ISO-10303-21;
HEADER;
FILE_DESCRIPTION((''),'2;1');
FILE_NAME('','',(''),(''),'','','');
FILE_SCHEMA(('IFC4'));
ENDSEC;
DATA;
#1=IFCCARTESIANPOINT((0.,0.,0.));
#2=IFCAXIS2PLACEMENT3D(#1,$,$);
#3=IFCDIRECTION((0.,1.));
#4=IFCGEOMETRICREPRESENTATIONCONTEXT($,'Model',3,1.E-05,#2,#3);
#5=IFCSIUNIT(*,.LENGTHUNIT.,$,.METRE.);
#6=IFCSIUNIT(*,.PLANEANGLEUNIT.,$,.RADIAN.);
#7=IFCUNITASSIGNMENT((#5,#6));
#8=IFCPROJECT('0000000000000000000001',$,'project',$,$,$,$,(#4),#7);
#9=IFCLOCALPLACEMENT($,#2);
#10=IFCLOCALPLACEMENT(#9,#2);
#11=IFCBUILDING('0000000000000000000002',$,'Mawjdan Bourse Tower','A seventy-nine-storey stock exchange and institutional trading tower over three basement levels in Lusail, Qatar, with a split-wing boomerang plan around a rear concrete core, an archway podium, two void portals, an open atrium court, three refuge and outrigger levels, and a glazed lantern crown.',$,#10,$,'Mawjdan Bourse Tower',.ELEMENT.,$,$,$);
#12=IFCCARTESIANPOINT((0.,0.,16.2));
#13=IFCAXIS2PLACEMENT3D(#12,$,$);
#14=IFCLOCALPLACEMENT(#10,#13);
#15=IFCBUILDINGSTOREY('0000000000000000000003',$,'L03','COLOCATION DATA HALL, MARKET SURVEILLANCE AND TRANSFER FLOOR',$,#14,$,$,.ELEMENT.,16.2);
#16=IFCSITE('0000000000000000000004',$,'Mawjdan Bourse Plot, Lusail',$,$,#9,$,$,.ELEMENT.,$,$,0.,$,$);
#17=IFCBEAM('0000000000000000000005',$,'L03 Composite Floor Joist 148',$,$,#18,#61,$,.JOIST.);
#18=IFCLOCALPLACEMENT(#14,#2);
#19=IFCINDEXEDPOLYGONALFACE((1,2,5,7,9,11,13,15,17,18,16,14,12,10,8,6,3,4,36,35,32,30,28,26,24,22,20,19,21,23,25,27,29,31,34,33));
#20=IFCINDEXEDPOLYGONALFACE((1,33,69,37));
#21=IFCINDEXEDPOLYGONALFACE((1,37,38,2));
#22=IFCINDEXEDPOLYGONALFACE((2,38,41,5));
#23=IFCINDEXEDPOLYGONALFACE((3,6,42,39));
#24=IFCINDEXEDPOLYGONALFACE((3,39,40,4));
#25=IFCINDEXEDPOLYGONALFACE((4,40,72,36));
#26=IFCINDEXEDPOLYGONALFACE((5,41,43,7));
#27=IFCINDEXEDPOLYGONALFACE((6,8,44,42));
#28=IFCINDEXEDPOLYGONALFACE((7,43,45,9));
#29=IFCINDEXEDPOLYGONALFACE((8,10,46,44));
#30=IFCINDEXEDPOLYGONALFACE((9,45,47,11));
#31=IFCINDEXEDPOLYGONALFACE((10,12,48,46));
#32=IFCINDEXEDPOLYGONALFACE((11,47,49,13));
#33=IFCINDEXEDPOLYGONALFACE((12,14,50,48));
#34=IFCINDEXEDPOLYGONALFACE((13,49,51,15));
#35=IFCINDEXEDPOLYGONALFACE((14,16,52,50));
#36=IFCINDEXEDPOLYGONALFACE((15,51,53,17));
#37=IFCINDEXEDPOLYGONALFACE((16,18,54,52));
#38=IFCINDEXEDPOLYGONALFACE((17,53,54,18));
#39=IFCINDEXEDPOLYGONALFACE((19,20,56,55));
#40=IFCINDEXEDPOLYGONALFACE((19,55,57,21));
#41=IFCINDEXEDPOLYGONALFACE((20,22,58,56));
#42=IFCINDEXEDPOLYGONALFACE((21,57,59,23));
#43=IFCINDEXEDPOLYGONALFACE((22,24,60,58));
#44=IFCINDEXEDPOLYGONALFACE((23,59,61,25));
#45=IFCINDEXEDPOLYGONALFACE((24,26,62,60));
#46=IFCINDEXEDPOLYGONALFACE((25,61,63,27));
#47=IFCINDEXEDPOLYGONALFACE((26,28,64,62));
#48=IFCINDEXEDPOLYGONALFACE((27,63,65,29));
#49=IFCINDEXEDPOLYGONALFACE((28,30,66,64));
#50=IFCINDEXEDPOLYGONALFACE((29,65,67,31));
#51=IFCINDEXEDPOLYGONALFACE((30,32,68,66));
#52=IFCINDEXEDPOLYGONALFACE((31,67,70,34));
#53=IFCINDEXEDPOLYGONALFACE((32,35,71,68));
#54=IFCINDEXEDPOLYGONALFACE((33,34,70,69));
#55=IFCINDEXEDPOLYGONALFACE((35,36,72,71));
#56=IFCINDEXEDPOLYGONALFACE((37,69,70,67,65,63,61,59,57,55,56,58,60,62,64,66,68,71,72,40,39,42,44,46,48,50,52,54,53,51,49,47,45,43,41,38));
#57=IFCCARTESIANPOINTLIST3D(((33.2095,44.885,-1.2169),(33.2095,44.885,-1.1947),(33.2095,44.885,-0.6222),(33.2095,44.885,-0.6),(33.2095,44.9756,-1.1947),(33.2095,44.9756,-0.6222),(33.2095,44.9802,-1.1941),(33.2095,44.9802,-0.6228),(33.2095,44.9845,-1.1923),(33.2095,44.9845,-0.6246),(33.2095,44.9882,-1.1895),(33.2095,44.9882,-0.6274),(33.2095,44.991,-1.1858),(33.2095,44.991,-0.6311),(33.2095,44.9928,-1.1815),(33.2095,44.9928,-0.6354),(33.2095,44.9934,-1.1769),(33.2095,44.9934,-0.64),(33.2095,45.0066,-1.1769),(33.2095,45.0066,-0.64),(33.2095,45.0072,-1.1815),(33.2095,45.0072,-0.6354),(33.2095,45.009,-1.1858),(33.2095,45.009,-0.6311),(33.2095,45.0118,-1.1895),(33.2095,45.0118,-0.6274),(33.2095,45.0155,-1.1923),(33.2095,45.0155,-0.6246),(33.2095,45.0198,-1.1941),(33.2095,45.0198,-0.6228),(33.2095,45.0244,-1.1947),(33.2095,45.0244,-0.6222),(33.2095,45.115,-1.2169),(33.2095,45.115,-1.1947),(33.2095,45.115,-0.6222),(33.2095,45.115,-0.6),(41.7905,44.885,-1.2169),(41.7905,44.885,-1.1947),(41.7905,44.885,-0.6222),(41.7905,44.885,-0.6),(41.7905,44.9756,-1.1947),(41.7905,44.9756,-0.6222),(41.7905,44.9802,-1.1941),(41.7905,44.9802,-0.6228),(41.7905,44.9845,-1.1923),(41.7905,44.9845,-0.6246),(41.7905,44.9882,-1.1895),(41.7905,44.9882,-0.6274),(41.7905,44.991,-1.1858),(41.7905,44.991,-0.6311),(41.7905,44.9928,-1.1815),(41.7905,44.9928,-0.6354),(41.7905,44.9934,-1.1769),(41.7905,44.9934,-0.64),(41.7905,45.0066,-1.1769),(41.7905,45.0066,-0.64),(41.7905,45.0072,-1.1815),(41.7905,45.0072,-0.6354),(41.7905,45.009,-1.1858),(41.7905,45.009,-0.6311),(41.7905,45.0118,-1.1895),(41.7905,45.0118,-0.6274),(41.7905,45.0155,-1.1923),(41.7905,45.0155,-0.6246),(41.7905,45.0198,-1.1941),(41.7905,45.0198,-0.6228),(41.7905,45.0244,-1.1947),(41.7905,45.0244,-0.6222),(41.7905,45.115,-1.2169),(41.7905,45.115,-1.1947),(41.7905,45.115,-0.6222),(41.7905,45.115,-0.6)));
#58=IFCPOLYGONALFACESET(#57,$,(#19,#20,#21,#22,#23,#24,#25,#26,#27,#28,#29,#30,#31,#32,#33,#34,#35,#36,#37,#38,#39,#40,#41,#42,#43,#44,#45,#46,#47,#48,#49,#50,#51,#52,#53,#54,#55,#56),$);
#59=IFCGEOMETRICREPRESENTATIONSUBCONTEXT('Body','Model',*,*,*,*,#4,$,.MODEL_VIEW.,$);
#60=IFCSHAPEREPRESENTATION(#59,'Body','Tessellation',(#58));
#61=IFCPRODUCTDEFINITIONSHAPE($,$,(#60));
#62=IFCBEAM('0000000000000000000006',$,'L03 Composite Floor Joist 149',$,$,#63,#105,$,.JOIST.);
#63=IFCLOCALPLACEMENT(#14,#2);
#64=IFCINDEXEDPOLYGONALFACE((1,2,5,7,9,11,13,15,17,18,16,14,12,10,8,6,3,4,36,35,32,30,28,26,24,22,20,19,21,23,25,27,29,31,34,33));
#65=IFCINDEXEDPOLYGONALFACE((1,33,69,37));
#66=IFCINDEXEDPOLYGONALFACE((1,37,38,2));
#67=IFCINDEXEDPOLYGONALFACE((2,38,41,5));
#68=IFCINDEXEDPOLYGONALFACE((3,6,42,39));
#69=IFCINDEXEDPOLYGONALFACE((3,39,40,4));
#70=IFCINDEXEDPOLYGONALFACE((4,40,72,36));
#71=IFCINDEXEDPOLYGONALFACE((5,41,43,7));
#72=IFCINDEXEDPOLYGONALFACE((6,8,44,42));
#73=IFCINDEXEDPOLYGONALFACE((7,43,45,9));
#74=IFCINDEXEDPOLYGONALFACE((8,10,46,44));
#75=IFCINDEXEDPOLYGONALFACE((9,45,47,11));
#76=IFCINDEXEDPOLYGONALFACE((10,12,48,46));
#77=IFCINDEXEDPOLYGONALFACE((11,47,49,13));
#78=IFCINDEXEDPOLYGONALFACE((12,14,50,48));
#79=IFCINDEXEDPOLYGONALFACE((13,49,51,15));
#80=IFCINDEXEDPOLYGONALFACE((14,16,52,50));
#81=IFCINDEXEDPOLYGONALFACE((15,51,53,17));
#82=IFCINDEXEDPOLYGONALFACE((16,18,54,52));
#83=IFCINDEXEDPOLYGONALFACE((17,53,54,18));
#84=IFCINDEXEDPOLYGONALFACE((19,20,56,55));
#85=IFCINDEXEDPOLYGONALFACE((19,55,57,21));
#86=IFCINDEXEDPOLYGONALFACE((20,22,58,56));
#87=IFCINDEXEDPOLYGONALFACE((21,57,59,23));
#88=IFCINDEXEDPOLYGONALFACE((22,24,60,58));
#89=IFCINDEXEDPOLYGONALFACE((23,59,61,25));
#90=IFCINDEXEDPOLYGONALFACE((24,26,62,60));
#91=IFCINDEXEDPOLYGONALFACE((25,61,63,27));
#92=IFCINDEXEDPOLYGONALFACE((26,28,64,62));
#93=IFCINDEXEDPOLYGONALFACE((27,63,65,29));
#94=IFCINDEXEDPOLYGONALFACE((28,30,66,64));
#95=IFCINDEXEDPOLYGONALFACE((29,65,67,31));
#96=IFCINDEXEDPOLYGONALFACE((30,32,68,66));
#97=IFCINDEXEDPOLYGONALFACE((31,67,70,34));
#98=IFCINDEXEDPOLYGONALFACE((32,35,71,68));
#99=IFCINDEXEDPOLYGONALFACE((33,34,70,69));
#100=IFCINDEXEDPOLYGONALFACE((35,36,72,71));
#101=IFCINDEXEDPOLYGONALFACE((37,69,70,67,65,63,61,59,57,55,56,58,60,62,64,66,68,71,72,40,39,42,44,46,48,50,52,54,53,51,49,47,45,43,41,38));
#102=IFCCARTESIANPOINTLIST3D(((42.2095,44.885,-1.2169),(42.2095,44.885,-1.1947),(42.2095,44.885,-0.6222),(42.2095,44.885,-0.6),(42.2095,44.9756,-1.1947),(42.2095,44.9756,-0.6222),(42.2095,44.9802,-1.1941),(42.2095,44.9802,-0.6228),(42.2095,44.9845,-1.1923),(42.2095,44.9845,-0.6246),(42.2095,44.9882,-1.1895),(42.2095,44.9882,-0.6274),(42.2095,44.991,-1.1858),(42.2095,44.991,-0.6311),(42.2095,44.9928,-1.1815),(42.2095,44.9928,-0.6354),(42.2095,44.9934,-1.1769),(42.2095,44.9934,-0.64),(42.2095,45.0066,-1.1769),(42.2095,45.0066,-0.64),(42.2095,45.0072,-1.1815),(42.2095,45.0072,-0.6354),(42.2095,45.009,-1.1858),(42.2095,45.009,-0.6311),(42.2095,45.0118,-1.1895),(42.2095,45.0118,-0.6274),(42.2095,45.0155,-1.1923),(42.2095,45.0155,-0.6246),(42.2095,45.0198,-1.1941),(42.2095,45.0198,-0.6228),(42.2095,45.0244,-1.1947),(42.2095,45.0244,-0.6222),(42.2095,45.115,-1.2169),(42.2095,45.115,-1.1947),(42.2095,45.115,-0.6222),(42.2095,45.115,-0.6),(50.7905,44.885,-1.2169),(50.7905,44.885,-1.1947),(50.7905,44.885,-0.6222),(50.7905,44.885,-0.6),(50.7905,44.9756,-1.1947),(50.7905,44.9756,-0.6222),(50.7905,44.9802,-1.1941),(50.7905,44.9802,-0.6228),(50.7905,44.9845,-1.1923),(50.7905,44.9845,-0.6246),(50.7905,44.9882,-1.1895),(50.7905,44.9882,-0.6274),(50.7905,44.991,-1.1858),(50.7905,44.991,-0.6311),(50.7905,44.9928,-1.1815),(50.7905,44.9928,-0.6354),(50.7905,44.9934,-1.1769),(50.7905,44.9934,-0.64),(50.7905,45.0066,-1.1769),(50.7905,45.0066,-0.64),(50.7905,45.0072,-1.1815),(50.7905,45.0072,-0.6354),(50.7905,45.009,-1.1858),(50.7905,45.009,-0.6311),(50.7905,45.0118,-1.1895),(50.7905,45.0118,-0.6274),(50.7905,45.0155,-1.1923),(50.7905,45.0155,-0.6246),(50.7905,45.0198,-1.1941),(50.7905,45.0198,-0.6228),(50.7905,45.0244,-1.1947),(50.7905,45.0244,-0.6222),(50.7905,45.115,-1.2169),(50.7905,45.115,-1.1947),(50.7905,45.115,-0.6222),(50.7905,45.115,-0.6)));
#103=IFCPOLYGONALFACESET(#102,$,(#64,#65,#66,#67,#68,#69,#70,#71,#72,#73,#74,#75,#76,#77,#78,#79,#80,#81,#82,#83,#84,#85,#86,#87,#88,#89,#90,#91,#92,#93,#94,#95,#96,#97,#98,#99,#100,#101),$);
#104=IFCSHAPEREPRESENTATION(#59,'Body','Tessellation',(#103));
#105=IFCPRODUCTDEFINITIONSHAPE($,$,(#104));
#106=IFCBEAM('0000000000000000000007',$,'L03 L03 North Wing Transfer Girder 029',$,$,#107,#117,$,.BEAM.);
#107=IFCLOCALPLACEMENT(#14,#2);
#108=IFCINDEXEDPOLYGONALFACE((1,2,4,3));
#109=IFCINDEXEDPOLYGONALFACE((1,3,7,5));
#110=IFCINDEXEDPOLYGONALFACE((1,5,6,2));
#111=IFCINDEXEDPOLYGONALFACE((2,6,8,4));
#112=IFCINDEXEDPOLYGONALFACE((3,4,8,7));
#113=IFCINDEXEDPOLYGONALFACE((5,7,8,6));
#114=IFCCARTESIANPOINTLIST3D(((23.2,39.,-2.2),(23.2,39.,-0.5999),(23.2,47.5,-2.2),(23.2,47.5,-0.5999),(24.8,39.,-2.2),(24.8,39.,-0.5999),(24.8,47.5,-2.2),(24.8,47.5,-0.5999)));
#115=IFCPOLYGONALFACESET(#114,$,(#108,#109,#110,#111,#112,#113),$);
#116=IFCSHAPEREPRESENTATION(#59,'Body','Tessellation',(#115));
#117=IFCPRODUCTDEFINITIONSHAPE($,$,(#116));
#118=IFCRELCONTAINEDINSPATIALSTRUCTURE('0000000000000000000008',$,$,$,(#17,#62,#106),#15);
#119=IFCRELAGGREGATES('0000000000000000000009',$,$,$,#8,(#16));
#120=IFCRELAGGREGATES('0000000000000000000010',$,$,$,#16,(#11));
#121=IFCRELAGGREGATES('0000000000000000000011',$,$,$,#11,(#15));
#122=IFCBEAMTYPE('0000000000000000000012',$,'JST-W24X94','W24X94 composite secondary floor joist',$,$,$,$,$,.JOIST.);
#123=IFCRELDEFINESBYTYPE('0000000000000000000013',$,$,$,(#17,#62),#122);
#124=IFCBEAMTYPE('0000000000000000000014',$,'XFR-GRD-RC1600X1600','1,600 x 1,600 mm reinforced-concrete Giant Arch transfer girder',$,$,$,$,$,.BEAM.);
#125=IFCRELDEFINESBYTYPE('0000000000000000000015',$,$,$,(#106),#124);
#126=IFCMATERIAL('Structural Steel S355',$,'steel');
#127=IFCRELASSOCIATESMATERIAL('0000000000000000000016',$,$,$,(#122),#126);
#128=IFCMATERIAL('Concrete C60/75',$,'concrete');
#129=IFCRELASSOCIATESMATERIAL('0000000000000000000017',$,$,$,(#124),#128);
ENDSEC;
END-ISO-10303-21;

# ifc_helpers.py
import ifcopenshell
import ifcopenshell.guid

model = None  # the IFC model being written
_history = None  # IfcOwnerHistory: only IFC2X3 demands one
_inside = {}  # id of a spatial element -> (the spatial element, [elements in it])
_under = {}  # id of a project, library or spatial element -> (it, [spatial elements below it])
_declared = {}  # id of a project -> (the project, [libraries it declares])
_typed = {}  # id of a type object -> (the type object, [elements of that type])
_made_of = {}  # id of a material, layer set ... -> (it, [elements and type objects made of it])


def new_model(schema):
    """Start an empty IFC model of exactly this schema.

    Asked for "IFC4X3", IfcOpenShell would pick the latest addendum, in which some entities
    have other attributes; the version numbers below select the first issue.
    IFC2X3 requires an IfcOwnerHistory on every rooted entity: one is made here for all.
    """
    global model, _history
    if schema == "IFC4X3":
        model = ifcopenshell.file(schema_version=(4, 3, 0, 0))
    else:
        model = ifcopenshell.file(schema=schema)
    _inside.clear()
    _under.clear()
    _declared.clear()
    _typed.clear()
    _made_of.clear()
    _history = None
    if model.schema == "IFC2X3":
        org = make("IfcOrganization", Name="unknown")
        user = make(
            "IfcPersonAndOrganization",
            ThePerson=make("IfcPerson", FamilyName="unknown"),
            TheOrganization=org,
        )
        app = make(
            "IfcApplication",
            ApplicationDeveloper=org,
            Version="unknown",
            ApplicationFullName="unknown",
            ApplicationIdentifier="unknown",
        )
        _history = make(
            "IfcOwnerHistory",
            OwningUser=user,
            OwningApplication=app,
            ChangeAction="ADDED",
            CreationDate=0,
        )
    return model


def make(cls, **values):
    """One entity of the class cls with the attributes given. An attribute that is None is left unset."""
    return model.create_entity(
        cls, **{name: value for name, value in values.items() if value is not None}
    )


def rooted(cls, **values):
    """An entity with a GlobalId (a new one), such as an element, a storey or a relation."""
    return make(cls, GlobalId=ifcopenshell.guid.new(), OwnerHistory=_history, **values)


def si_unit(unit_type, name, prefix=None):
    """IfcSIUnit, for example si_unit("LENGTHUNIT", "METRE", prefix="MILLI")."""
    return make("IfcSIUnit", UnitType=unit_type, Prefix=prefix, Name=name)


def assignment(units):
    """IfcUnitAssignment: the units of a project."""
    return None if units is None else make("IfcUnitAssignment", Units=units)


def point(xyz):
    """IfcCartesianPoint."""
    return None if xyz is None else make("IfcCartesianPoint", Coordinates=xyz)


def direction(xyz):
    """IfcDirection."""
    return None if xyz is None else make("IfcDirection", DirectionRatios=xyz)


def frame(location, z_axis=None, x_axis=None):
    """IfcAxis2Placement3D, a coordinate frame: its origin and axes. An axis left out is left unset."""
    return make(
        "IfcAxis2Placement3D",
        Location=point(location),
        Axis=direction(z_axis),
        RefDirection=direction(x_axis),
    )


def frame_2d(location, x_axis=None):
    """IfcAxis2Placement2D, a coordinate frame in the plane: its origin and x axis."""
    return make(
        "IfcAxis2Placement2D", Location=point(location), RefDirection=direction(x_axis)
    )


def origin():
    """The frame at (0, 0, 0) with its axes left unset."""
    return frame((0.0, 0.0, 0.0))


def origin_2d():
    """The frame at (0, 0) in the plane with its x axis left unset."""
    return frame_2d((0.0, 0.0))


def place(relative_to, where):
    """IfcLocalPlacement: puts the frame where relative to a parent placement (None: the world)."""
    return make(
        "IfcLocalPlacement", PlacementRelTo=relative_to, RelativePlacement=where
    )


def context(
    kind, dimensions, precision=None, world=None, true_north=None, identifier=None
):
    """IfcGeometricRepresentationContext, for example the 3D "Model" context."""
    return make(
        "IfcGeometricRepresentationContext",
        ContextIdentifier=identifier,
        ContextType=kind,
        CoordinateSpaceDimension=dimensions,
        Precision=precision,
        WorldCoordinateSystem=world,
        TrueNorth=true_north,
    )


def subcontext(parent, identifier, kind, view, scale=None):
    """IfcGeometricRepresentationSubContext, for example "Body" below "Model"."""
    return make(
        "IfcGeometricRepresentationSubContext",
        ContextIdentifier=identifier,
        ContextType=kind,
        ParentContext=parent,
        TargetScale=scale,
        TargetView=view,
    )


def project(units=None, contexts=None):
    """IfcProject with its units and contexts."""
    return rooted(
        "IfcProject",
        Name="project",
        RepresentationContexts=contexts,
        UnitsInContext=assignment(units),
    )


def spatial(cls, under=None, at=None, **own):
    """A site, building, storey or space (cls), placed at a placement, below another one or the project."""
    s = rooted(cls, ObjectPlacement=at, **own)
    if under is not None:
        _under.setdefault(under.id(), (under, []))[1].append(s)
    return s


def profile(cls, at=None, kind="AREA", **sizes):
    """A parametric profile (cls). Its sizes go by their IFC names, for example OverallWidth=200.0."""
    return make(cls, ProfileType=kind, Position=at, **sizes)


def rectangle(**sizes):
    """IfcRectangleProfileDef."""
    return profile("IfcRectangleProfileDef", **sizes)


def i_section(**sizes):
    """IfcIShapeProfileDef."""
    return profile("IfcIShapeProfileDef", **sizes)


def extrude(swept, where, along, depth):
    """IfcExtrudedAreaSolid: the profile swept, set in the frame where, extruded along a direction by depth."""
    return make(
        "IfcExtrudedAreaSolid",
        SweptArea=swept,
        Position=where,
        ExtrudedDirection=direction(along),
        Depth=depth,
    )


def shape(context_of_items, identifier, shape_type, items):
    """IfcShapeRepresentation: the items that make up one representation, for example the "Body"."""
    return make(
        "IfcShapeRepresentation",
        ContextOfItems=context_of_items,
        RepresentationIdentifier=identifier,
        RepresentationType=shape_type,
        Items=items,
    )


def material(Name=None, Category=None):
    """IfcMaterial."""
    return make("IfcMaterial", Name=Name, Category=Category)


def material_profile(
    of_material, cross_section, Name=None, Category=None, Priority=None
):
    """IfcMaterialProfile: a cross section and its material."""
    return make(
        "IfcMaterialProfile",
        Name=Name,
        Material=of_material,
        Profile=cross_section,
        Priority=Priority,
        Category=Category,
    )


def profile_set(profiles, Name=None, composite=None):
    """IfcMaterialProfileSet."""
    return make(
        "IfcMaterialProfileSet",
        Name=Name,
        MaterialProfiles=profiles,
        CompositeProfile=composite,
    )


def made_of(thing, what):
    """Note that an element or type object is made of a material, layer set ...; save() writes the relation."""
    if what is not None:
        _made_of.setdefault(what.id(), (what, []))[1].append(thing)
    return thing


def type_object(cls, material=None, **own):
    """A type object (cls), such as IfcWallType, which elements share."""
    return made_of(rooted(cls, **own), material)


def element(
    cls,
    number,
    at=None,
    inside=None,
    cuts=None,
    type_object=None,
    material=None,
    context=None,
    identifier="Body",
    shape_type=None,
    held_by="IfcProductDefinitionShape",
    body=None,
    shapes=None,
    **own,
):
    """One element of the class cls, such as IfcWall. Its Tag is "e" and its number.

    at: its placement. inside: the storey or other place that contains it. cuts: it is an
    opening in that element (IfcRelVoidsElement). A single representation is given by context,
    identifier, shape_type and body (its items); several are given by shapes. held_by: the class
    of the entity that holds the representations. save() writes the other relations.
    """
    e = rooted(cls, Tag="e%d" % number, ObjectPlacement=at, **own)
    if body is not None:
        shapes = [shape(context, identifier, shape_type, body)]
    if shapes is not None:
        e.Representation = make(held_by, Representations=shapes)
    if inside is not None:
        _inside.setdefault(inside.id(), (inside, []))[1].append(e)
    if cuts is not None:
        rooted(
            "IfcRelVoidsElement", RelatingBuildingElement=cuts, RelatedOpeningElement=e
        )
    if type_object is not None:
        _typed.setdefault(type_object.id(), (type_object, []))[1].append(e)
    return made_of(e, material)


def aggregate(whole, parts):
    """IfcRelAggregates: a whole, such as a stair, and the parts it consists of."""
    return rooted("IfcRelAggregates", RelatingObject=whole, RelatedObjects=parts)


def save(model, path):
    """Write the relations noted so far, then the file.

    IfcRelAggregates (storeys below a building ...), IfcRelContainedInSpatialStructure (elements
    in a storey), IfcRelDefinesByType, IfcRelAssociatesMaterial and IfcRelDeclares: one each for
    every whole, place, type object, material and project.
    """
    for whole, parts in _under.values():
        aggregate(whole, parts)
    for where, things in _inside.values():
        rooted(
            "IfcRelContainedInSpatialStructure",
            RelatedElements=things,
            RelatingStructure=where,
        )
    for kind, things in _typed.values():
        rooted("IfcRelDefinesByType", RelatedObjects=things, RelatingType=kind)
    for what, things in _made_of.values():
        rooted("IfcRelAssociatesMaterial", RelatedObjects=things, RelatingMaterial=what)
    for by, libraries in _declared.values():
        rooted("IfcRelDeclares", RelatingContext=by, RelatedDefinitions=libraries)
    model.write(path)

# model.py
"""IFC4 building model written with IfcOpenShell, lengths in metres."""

from ifc_helpers import new_model, si_unit, direction, frame, origin, origin_2d, place, context, subcontext, project, spatial, rectangle, i_section, extrude, material, material_profile, profile_set, type_object, element, save


model = new_model("IFC4")

# Units and contexts
model_context = context("Model", 3, precision=1e-05, world=origin(), true_north=direction((0.0, 1.0)))
body_context = subcontext(model_context, "Body", "Model", "MODEL_VIEW")
ifc_project = project(units=[si_unit("LENGTHUNIT", "METRE"), si_unit("PLANEANGLEUNIT", "RADIAN")], contexts=[model_context])

# Site, building, storey
site_placement = place(None, origin())
site = spatial("IfcSite", under=ifc_project, at=site_placement, Name="Mawjdan Bourse Plot, Lusail", CompositionType="ELEMENT", RefElevation=0.0)
building_placement = place(site_placement, origin())
building = spatial("IfcBuilding", under=site, at=building_placement, Name="Mawjdan Bourse Tower", Description="A seventy-nine-storey stock exchange and institutional trading tower over three basement levels in Lusail, Qatar, with a split-wing boomerang plan around a rear concrete core, an archway podium, two void portals, an open atrium court, three refuge and outrigger levels, and a glazed lantern crown.", LongName="Mawjdan Bourse Tower", CompositionType="ELEMENT")
storey_placement = place(building_placement, frame((0.0, 0.0, 16.2)))
storey = spatial("IfcBuildingStorey", under=building, at=storey_placement, Name="L03", Description="COLOCATION DATA HALL, MARKET SURVEILLANCE AND TRANSFER FLOOR", CompositionType="ELEMENT", Elevation=16.2)

# Beams
ifc_material_1 = material(Name="Structural Steel S355", Category="steel")
ifc_material_profile_1 = material_profile(ifc_material_1, i_section(OverallWidth=0.23, OverallDepth=0.6169, WebThickness=0.0132, FlangeThickness=0.0222, FilletRadius=0.0178, at=origin_2d()), Name="W24X94")
ifc_profile_set_1 = profile_set([ifc_material_profile_1], Name="Structural Steel S355")
beam_type_1 = type_object("IfcBeamType", Name="JST-W24X94", Description="W24X94 composite secondary floor joist", PredefinedType="JOIST", material=ifc_profile_set_1)
for number, where, z_axis, x_axis, name in (
    (1, (33.2095, 45.0, -0.9084), (1.0, 0.0, 0.0), (0.0, 1.0, 0.0), "L03 Composite Floor Joist 148"),
    (2, (42.2095, 45.0, -0.9084), (1.0, 0.0, 0.0), (0.0, 1.0, 0.0), "L03 Composite Floor Joist 149"),
):
    element("IfcBeam", number, at=place(storey_placement, frame(where, z_axis=z_axis, x_axis=x_axis)), inside=storey, type_object=beam_type_1, Name=name, PredefinedType="JOIST", context=body_context, shape_type="SweptSolid", body=[
        extrude(i_section(OverallWidth=0.23, OverallDepth=0.6169, WebThickness=0.0132, FlangeThickness=0.0222, FilletRadius=0.0178, at=origin_2d()), origin(), (0.0, 0.0, 1.0), 8.5811),
    ])
ifc_material_2 = material(Name="Concrete C60/75", Category="concrete")
ifc_material_profile_2 = material_profile(ifc_material_2, rectangle(XDim=1.6001, YDim=1.6001, at=origin_2d()), Name="RC1600X1600")
ifc_profile_set_2 = profile_set([ifc_material_profile_2], Name="Concrete C60/75")
beam_type_2 = type_object("IfcBeamType", Name="XFR-GRD-RC1600X1600", Description="1,600 x 1,600 mm reinforced-concrete Giant Arch transfer girder", PredefinedType="BEAM", material=ifc_profile_set_2)
beam_1_placement = place(storey_placement, frame((24.0, 39.0, -1.3999), z_axis=(0.0, 1.0, 0.0), x_axis=(-1.0, 0.0, 0.0)))
element("IfcBeam", 3, at=beam_1_placement, inside=storey, type_object=beam_type_2, Name="L03 L03 North Wing Transfer Girder 029", PredefinedType="BEAM", context=body_context, shape_type="SweptSolid", body=[
    extrude(rectangle(XDim=1.6001, YDim=1.6001, at=origin_2d()), origin(), (0.0, 0.0, 1.0), 8.5),
])

save(model, "model.ifc")
